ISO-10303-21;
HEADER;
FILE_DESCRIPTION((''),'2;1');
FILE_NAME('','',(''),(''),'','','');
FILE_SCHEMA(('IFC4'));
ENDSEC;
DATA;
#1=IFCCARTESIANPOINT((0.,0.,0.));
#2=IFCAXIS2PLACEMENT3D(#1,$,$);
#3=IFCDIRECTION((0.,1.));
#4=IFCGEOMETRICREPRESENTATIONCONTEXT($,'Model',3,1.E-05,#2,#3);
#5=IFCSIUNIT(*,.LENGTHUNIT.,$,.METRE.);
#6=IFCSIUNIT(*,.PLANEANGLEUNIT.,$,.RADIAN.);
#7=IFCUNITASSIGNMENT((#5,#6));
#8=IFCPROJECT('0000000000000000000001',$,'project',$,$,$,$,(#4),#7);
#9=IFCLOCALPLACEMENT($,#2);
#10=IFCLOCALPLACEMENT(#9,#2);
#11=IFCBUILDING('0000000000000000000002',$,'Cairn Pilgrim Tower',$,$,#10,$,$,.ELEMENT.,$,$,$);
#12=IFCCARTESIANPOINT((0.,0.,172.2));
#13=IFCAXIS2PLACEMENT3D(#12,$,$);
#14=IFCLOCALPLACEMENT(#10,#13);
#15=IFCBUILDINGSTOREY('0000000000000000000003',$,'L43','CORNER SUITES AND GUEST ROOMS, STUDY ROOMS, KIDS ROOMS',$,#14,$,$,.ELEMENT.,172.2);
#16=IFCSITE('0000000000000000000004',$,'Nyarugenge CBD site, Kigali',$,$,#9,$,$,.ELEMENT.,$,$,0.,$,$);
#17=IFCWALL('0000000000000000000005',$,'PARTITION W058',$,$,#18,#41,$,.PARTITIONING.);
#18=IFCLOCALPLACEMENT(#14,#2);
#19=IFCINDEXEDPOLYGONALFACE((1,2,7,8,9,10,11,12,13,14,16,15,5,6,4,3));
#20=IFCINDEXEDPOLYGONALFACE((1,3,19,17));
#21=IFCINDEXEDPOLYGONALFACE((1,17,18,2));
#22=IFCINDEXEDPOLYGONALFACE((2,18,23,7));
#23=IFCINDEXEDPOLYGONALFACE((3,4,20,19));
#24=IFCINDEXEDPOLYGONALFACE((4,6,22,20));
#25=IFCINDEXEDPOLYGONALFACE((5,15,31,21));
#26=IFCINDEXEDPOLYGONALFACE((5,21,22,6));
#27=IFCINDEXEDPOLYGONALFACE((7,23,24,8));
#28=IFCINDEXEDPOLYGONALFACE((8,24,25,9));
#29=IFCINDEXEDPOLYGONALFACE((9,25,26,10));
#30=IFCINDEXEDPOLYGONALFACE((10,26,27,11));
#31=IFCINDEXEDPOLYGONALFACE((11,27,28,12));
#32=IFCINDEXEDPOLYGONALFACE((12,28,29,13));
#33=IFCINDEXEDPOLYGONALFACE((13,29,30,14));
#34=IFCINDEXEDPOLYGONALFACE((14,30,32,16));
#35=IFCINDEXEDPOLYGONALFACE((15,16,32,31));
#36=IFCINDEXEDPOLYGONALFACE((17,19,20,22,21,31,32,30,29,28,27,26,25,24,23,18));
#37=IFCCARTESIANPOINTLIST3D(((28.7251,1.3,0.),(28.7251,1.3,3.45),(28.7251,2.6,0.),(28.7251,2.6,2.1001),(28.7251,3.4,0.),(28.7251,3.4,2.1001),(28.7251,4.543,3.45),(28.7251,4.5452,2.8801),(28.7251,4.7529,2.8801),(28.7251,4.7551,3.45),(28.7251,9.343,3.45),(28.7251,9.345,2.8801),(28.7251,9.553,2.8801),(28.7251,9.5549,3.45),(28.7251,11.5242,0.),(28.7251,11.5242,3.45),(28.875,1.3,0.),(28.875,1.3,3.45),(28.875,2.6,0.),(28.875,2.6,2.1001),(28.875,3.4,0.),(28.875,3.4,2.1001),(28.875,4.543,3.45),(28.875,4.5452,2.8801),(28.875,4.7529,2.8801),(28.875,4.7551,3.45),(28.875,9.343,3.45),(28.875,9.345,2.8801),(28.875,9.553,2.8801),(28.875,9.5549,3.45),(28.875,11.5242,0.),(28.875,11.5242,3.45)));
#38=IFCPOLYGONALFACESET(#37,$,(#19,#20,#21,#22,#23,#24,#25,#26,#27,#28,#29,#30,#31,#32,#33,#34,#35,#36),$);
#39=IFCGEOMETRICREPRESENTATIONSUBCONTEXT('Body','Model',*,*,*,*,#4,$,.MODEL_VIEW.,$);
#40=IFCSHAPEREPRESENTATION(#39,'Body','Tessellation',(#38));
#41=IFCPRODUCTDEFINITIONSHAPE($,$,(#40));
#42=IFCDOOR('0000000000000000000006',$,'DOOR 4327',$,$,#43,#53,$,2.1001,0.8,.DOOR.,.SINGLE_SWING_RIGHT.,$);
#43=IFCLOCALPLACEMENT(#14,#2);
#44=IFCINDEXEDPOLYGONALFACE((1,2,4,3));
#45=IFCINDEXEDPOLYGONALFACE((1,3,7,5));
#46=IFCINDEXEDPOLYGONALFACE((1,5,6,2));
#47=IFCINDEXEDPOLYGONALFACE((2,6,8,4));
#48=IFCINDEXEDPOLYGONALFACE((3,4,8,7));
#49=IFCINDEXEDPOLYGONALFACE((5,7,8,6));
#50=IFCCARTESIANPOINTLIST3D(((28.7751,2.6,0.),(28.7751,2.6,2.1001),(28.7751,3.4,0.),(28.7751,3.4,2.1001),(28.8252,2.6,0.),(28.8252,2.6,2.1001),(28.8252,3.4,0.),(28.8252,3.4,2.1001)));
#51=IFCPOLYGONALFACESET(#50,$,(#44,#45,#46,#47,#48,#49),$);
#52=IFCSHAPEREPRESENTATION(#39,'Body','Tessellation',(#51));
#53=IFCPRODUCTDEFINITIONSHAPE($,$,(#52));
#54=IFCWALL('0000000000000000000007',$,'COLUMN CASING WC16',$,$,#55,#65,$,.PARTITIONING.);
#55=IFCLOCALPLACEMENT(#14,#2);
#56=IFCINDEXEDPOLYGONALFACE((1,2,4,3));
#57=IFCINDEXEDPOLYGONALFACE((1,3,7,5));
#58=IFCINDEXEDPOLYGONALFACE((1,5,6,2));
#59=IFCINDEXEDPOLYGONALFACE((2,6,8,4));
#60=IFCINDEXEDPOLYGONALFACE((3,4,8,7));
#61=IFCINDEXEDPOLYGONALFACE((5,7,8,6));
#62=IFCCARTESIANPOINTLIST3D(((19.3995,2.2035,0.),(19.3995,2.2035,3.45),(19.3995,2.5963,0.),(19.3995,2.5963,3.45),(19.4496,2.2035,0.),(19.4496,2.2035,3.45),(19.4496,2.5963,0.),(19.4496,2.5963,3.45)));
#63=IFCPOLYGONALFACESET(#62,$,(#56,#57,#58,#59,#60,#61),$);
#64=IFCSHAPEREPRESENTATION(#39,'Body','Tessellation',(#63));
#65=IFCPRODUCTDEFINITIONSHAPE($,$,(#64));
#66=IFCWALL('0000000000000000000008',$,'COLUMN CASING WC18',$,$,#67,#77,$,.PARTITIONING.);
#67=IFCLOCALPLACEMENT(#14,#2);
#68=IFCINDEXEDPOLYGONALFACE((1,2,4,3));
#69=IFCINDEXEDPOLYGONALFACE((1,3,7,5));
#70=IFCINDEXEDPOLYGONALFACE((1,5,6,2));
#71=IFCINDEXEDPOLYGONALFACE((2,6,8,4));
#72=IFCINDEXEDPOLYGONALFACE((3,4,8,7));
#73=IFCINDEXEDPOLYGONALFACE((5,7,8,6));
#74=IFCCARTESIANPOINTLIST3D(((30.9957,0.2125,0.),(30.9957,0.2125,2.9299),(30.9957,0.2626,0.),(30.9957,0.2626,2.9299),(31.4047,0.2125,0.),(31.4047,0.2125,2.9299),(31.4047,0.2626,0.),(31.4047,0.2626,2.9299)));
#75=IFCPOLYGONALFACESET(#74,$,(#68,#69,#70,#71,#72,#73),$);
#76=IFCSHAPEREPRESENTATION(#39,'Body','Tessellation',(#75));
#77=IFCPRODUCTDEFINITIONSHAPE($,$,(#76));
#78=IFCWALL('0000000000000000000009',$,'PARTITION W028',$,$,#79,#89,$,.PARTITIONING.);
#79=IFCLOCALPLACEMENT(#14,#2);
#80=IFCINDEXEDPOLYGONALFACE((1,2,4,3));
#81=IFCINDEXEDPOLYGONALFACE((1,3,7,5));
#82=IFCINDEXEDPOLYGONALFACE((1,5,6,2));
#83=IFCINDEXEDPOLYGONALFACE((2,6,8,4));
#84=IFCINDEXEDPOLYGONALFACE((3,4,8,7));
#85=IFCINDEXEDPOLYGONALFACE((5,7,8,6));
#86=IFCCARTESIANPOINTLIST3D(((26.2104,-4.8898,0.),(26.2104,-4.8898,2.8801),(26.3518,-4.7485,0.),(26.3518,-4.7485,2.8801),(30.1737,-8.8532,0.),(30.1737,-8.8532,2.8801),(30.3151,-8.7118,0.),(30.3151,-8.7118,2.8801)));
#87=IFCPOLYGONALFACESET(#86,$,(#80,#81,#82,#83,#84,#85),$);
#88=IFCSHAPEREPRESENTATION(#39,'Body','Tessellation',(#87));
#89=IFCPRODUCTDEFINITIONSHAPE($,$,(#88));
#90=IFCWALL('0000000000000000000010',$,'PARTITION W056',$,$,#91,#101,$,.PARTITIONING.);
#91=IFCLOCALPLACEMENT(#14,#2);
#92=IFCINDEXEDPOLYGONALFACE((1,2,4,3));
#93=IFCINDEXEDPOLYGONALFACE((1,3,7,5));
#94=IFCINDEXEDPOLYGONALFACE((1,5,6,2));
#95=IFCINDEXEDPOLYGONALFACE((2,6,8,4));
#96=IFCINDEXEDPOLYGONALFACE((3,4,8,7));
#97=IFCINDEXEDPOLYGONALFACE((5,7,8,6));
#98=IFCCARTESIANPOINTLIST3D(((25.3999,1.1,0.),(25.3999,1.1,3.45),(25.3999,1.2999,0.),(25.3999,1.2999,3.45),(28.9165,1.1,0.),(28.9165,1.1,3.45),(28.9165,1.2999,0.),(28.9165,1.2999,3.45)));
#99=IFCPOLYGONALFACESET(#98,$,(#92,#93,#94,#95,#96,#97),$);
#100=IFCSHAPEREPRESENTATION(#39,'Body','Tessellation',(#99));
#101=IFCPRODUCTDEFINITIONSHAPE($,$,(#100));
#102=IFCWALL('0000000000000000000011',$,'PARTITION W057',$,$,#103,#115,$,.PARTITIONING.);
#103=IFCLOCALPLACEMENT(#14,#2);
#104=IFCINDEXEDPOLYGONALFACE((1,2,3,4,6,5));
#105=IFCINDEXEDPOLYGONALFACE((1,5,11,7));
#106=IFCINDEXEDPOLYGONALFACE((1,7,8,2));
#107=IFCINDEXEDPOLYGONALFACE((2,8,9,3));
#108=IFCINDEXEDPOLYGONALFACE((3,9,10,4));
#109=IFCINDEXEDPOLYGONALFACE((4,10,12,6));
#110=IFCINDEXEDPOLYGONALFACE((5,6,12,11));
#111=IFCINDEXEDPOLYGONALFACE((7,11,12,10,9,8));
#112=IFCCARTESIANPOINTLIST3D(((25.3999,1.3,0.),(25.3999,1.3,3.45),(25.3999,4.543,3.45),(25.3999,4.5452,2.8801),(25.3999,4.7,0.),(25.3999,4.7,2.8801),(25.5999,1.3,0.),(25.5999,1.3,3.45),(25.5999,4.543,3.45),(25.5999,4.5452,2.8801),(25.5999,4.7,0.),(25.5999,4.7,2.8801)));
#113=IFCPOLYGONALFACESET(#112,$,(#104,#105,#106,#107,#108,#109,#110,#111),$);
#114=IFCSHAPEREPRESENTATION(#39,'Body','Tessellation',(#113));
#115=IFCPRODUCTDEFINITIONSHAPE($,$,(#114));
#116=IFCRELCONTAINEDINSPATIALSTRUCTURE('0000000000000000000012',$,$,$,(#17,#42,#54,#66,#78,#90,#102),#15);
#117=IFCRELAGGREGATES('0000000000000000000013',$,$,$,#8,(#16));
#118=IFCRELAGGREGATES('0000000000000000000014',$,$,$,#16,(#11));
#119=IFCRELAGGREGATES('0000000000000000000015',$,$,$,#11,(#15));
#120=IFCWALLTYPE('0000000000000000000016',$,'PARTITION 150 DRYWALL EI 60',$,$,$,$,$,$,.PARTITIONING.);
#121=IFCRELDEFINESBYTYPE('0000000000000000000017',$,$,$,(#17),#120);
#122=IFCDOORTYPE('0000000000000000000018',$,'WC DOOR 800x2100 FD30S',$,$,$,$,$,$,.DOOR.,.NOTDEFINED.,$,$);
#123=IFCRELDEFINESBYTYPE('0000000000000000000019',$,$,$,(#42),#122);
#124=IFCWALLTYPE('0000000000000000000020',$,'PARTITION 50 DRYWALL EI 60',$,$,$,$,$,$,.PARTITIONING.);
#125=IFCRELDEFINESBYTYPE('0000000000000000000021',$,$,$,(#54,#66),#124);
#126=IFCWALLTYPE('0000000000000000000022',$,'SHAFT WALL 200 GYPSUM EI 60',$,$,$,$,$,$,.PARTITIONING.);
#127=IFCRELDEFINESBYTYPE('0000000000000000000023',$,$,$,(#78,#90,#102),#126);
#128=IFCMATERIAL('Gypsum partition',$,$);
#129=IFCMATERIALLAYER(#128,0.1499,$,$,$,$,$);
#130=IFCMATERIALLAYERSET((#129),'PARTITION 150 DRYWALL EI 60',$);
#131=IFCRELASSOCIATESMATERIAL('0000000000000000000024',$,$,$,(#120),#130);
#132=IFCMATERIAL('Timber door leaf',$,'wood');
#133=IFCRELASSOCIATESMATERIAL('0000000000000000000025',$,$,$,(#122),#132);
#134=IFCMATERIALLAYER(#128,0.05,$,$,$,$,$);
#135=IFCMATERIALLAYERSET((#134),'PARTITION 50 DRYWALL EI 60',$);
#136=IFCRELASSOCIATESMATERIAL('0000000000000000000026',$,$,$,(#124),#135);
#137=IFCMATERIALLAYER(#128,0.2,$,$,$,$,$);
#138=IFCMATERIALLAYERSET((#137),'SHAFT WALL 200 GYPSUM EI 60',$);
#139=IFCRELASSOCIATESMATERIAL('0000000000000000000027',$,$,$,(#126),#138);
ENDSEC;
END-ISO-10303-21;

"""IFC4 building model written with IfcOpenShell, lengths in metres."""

from ifc_helpers import new_model, si_unit, direction, frame, frame_2d, origin, place, context, subcontext, project, spatial, polyline, rectangle, outline, extrude, material, layer, layer_set, type_object, element, fill, save


model = new_model("IFC4")

# Units and contexts
model_context = context("Model", 3, precision=1e-05, world=origin(), true_north=direction((0.0, 1.0)))
body_context = subcontext(model_context, "Body", "Model", "MODEL_VIEW")
ifc_project = project(units=[si_unit("LENGTHUNIT", "METRE"), si_unit("PLANEANGLEUNIT", "RADIAN")], contexts=[model_context])

# Site, building, storey
site_placement = place(None, origin())
site = spatial("IfcSite", under=ifc_project, at=site_placement, Name="Nyarugenge CBD site, Kigali", CompositionType="ELEMENT", RefElevation=0.0)
building_placement = place(site_placement, origin())
building = spatial("IfcBuilding", under=site, at=building_placement, Name="Cairn Pilgrim Tower", CompositionType="ELEMENT")
storey_placement = place(building_placement, frame((0.0, 0.0, 172.2)))
storey = spatial("IfcBuildingStorey", under=building, at=storey_placement, Name="L43", Description="CORNER SUITES AND GUEST ROOMS, STUDY ROOMS, KIDS ROOMS", CompositionType="ELEMENT", Elevation=172.2)

# Shared definitions
ifc_material_1 = material(Name="Gypsum partition")
ifc_layer_1 = layer(ifc_material_1, 0.1499)
ifc_layer_set_1 = layer_set([ifc_layer_1], Name="PARTITION 150 DRYWALL EI 60")
wall_type_1 = type_object("IfcWallType", Name="PARTITION 150 DRYWALL EI 60", PredefinedType="PARTITIONING", material=ifc_layer_set_1)

# Shared definitions
ifc_material_2 = material(Name="Timber door leaf", Category="wood")

# Wall, opening, door
wall_1_placement = place(storey_placement, frame((28.8, 1.3, 0.0), z_axis=(0.0, 0.0, 1.0), x_axis=(0.0, 1.0, 0.0)))
wall_1 = element("IfcWall", 1, at=wall_1_placement, inside=storey, type_object=wall_type_1, Name="PARTITION W058", PredefinedType="PARTITIONING", context=body_context, shape_type="SweptSolid", body=[
    extrude(outline(polyline([(0.0, 0.0), (10.2241, 0.0), (10.2241, 3.45), (8.2549, 3.45), (8.2529, 2.8801), (8.0449, 2.8801), (8.043, 3.45), (3.4551, 3.45), (3.4529, 2.8801), (3.2451, 2.8801), (3.2429, 3.45), (0.0, 3.45), (0.0, 0.0)])), frame((0.0, 0.075, 0.0), z_axis=(0.0, -1.0, 0.0), x_axis=(1.0, 0.0, 0.0)), (0.0, 0.0, 1.0), 0.1499),
])
opening_1_placement = place(wall_1_placement, frame((1.3, 0.0, 0.0)))
opening_1 = element("IfcOpeningElement", 2, at=opening_1_placement, cuts=wall_1, PredefinedType="OPENING", context=body_context, shape_type="SweptSolid", body=[
    extrude(rectangle(XDim=0.8, YDim=2.1001, at=frame_2d((0.3999, 1.05))), frame((0.0, 0.085, 0.0), z_axis=(0.0, -1.0, 0.0), x_axis=(1.0, 0.0, 0.0)), (0.0, 0.0, 1.0), 0.1699),
])
door_type_1 = type_object("IfcDoorType", Name="WC DOOR 800x2100 FD30S", OperationType="NOTDEFINED", PredefinedType="DOOR", material=ifc_material_2)
door_1_placement = place(opening_1_placement, origin())
door_1 = element("IfcDoor", 3, at=door_1_placement, inside=storey, type_object=door_type_1, Name="DOOR 4327", OperationType="SINGLE_SWING_RIGHT", OverallHeight=2.1001, OverallWidth=0.8, PredefinedType="DOOR", context=body_context, shape_type="SweptSolid", body=[
    extrude(rectangle(XDim=0.8, YDim=2.1001, at=frame_2d((0.3999, 1.05))), frame((0.0, 0.0249, 0.0), z_axis=(0.0, -1.0, 0.0), x_axis=(1.0, 0.0, 0.0)), (0.0, 0.0, 1.0), 0.05),
])
fill(opening_1, door_1)

# Walls
ifc_layer_2 = layer(ifc_material_1, 0.05)
ifc_layer_set_2 = layer_set([ifc_layer_2], Name="PARTITION 50 DRYWALL EI 60")
wall_type_2 = type_object("IfcWallType", Name="PARTITION 50 DRYWALL EI 60", PredefinedType="PARTITIONING", material=ifc_layer_set_2)
wall_2_placement = place(storey_placement, frame((19.4246, 2.2036, 0.0), z_axis=(0.0, 0.0, 1.0), x_axis=(0.0, 1.0, 0.0)))
element("IfcWall", 4, at=wall_2_placement, inside=storey, type_object=wall_type_2, Name="COLUMN CASING WC16", PredefinedType="PARTITIONING", context=body_context, shape_type="SweptSolid", body=[
    extrude(rectangle(XDim=0.3928, YDim=0.05, at=frame_2d((0.1963, 0.0))), origin(), (0.0, 0.0, 1.0), 3.45),
])
wall_3_placement = place(storey_placement, frame((30.9956, 0.2375, 0.0), z_axis=(0.0, 0.0, 1.0), x_axis=(1.0, 0.0, 0.0)))
element("IfcWall", 5, at=wall_3_placement, inside=storey, type_object=wall_type_2, Name="COLUMN CASING WC18", PredefinedType="PARTITIONING", context=body_context, shape_type="SweptSolid", body=[
    extrude(rectangle(XDim=0.4089, YDim=0.05, at=frame_2d((0.2046, 0.0))), origin(), (0.0, 0.0, 1.0), 2.9299),
])
ifc_layer_3 = layer(ifc_material_1, 0.2)
ifc_layer_set_3 = layer_set([ifc_layer_3], Name="SHAFT WALL 200 GYPSUM EI 60")
wall_type_3 = type_object("IfcWallType", Name="SHAFT WALL 200 GYPSUM EI 60", PredefinedType="PARTITIONING", material=ifc_layer_set_3)
wall_4_placement = place(storey_placement, frame((30.2444, -8.7825, 0.0), z_axis=(0.0, 0.0, 1.0), x_axis=(-0.707107, 0.707107, 0.0)))
element("IfcWall", 6, at=wall_4_placement, inside=storey, type_object=wall_type_3, Name="PARTITION W028", PredefinedType="PARTITIONING", context=body_context, shape_type="SweptSolid", body=[
    extrude(rectangle(XDim=5.605, YDim=0.2, at=frame_2d((2.8025, 0.0))), origin(), (0.0, 0.0, 1.0), 2.8801),
])
wall_5_placement = place(storey_placement, frame((25.3999, 1.2, 0.0), z_axis=(0.0, 0.0, 1.0), x_axis=(1.0, 0.0, 0.0)))
element("IfcWall", 7, at=wall_5_placement, inside=storey, type_object=wall_type_3, Name="PARTITION W056", PredefinedType="PARTITIONING", context=body_context, shape_type="SweptSolid", body=[
    extrude(rectangle(XDim=3.5166, YDim=0.2, at=frame_2d((1.7583, 0.0))), origin(), (0.0, 0.0, 1.0), 3.45),
])
wall_6_placement = place(storey_placement, frame((25.5, 1.3, 0.0), z_axis=(0.0, 0.0, 1.0), x_axis=(0.0, 1.0, 0.0)))
element("IfcWall", 8, at=wall_6_placement, inside=storey, type_object=wall_type_3, Name="PARTITION W057", PredefinedType="PARTITIONING", context=body_context, shape_type="SweptSolid", body=[
    extrude(outline(polyline([(0.0, 0.0), (3.3999, 0.0), (3.3999, 2.8801), (3.2451, 2.8801), (3.2429, 3.45), (0.0, 3.45), (0.0, 0.0)])), frame((0.0, 0.1001, 0.0), z_axis=(0.0, -1.0, 0.0), x_axis=(1.0, 0.0, 0.0)), (0.0, 0.0, 1.0), 0.2),
])

save(model, "model.ifc")
